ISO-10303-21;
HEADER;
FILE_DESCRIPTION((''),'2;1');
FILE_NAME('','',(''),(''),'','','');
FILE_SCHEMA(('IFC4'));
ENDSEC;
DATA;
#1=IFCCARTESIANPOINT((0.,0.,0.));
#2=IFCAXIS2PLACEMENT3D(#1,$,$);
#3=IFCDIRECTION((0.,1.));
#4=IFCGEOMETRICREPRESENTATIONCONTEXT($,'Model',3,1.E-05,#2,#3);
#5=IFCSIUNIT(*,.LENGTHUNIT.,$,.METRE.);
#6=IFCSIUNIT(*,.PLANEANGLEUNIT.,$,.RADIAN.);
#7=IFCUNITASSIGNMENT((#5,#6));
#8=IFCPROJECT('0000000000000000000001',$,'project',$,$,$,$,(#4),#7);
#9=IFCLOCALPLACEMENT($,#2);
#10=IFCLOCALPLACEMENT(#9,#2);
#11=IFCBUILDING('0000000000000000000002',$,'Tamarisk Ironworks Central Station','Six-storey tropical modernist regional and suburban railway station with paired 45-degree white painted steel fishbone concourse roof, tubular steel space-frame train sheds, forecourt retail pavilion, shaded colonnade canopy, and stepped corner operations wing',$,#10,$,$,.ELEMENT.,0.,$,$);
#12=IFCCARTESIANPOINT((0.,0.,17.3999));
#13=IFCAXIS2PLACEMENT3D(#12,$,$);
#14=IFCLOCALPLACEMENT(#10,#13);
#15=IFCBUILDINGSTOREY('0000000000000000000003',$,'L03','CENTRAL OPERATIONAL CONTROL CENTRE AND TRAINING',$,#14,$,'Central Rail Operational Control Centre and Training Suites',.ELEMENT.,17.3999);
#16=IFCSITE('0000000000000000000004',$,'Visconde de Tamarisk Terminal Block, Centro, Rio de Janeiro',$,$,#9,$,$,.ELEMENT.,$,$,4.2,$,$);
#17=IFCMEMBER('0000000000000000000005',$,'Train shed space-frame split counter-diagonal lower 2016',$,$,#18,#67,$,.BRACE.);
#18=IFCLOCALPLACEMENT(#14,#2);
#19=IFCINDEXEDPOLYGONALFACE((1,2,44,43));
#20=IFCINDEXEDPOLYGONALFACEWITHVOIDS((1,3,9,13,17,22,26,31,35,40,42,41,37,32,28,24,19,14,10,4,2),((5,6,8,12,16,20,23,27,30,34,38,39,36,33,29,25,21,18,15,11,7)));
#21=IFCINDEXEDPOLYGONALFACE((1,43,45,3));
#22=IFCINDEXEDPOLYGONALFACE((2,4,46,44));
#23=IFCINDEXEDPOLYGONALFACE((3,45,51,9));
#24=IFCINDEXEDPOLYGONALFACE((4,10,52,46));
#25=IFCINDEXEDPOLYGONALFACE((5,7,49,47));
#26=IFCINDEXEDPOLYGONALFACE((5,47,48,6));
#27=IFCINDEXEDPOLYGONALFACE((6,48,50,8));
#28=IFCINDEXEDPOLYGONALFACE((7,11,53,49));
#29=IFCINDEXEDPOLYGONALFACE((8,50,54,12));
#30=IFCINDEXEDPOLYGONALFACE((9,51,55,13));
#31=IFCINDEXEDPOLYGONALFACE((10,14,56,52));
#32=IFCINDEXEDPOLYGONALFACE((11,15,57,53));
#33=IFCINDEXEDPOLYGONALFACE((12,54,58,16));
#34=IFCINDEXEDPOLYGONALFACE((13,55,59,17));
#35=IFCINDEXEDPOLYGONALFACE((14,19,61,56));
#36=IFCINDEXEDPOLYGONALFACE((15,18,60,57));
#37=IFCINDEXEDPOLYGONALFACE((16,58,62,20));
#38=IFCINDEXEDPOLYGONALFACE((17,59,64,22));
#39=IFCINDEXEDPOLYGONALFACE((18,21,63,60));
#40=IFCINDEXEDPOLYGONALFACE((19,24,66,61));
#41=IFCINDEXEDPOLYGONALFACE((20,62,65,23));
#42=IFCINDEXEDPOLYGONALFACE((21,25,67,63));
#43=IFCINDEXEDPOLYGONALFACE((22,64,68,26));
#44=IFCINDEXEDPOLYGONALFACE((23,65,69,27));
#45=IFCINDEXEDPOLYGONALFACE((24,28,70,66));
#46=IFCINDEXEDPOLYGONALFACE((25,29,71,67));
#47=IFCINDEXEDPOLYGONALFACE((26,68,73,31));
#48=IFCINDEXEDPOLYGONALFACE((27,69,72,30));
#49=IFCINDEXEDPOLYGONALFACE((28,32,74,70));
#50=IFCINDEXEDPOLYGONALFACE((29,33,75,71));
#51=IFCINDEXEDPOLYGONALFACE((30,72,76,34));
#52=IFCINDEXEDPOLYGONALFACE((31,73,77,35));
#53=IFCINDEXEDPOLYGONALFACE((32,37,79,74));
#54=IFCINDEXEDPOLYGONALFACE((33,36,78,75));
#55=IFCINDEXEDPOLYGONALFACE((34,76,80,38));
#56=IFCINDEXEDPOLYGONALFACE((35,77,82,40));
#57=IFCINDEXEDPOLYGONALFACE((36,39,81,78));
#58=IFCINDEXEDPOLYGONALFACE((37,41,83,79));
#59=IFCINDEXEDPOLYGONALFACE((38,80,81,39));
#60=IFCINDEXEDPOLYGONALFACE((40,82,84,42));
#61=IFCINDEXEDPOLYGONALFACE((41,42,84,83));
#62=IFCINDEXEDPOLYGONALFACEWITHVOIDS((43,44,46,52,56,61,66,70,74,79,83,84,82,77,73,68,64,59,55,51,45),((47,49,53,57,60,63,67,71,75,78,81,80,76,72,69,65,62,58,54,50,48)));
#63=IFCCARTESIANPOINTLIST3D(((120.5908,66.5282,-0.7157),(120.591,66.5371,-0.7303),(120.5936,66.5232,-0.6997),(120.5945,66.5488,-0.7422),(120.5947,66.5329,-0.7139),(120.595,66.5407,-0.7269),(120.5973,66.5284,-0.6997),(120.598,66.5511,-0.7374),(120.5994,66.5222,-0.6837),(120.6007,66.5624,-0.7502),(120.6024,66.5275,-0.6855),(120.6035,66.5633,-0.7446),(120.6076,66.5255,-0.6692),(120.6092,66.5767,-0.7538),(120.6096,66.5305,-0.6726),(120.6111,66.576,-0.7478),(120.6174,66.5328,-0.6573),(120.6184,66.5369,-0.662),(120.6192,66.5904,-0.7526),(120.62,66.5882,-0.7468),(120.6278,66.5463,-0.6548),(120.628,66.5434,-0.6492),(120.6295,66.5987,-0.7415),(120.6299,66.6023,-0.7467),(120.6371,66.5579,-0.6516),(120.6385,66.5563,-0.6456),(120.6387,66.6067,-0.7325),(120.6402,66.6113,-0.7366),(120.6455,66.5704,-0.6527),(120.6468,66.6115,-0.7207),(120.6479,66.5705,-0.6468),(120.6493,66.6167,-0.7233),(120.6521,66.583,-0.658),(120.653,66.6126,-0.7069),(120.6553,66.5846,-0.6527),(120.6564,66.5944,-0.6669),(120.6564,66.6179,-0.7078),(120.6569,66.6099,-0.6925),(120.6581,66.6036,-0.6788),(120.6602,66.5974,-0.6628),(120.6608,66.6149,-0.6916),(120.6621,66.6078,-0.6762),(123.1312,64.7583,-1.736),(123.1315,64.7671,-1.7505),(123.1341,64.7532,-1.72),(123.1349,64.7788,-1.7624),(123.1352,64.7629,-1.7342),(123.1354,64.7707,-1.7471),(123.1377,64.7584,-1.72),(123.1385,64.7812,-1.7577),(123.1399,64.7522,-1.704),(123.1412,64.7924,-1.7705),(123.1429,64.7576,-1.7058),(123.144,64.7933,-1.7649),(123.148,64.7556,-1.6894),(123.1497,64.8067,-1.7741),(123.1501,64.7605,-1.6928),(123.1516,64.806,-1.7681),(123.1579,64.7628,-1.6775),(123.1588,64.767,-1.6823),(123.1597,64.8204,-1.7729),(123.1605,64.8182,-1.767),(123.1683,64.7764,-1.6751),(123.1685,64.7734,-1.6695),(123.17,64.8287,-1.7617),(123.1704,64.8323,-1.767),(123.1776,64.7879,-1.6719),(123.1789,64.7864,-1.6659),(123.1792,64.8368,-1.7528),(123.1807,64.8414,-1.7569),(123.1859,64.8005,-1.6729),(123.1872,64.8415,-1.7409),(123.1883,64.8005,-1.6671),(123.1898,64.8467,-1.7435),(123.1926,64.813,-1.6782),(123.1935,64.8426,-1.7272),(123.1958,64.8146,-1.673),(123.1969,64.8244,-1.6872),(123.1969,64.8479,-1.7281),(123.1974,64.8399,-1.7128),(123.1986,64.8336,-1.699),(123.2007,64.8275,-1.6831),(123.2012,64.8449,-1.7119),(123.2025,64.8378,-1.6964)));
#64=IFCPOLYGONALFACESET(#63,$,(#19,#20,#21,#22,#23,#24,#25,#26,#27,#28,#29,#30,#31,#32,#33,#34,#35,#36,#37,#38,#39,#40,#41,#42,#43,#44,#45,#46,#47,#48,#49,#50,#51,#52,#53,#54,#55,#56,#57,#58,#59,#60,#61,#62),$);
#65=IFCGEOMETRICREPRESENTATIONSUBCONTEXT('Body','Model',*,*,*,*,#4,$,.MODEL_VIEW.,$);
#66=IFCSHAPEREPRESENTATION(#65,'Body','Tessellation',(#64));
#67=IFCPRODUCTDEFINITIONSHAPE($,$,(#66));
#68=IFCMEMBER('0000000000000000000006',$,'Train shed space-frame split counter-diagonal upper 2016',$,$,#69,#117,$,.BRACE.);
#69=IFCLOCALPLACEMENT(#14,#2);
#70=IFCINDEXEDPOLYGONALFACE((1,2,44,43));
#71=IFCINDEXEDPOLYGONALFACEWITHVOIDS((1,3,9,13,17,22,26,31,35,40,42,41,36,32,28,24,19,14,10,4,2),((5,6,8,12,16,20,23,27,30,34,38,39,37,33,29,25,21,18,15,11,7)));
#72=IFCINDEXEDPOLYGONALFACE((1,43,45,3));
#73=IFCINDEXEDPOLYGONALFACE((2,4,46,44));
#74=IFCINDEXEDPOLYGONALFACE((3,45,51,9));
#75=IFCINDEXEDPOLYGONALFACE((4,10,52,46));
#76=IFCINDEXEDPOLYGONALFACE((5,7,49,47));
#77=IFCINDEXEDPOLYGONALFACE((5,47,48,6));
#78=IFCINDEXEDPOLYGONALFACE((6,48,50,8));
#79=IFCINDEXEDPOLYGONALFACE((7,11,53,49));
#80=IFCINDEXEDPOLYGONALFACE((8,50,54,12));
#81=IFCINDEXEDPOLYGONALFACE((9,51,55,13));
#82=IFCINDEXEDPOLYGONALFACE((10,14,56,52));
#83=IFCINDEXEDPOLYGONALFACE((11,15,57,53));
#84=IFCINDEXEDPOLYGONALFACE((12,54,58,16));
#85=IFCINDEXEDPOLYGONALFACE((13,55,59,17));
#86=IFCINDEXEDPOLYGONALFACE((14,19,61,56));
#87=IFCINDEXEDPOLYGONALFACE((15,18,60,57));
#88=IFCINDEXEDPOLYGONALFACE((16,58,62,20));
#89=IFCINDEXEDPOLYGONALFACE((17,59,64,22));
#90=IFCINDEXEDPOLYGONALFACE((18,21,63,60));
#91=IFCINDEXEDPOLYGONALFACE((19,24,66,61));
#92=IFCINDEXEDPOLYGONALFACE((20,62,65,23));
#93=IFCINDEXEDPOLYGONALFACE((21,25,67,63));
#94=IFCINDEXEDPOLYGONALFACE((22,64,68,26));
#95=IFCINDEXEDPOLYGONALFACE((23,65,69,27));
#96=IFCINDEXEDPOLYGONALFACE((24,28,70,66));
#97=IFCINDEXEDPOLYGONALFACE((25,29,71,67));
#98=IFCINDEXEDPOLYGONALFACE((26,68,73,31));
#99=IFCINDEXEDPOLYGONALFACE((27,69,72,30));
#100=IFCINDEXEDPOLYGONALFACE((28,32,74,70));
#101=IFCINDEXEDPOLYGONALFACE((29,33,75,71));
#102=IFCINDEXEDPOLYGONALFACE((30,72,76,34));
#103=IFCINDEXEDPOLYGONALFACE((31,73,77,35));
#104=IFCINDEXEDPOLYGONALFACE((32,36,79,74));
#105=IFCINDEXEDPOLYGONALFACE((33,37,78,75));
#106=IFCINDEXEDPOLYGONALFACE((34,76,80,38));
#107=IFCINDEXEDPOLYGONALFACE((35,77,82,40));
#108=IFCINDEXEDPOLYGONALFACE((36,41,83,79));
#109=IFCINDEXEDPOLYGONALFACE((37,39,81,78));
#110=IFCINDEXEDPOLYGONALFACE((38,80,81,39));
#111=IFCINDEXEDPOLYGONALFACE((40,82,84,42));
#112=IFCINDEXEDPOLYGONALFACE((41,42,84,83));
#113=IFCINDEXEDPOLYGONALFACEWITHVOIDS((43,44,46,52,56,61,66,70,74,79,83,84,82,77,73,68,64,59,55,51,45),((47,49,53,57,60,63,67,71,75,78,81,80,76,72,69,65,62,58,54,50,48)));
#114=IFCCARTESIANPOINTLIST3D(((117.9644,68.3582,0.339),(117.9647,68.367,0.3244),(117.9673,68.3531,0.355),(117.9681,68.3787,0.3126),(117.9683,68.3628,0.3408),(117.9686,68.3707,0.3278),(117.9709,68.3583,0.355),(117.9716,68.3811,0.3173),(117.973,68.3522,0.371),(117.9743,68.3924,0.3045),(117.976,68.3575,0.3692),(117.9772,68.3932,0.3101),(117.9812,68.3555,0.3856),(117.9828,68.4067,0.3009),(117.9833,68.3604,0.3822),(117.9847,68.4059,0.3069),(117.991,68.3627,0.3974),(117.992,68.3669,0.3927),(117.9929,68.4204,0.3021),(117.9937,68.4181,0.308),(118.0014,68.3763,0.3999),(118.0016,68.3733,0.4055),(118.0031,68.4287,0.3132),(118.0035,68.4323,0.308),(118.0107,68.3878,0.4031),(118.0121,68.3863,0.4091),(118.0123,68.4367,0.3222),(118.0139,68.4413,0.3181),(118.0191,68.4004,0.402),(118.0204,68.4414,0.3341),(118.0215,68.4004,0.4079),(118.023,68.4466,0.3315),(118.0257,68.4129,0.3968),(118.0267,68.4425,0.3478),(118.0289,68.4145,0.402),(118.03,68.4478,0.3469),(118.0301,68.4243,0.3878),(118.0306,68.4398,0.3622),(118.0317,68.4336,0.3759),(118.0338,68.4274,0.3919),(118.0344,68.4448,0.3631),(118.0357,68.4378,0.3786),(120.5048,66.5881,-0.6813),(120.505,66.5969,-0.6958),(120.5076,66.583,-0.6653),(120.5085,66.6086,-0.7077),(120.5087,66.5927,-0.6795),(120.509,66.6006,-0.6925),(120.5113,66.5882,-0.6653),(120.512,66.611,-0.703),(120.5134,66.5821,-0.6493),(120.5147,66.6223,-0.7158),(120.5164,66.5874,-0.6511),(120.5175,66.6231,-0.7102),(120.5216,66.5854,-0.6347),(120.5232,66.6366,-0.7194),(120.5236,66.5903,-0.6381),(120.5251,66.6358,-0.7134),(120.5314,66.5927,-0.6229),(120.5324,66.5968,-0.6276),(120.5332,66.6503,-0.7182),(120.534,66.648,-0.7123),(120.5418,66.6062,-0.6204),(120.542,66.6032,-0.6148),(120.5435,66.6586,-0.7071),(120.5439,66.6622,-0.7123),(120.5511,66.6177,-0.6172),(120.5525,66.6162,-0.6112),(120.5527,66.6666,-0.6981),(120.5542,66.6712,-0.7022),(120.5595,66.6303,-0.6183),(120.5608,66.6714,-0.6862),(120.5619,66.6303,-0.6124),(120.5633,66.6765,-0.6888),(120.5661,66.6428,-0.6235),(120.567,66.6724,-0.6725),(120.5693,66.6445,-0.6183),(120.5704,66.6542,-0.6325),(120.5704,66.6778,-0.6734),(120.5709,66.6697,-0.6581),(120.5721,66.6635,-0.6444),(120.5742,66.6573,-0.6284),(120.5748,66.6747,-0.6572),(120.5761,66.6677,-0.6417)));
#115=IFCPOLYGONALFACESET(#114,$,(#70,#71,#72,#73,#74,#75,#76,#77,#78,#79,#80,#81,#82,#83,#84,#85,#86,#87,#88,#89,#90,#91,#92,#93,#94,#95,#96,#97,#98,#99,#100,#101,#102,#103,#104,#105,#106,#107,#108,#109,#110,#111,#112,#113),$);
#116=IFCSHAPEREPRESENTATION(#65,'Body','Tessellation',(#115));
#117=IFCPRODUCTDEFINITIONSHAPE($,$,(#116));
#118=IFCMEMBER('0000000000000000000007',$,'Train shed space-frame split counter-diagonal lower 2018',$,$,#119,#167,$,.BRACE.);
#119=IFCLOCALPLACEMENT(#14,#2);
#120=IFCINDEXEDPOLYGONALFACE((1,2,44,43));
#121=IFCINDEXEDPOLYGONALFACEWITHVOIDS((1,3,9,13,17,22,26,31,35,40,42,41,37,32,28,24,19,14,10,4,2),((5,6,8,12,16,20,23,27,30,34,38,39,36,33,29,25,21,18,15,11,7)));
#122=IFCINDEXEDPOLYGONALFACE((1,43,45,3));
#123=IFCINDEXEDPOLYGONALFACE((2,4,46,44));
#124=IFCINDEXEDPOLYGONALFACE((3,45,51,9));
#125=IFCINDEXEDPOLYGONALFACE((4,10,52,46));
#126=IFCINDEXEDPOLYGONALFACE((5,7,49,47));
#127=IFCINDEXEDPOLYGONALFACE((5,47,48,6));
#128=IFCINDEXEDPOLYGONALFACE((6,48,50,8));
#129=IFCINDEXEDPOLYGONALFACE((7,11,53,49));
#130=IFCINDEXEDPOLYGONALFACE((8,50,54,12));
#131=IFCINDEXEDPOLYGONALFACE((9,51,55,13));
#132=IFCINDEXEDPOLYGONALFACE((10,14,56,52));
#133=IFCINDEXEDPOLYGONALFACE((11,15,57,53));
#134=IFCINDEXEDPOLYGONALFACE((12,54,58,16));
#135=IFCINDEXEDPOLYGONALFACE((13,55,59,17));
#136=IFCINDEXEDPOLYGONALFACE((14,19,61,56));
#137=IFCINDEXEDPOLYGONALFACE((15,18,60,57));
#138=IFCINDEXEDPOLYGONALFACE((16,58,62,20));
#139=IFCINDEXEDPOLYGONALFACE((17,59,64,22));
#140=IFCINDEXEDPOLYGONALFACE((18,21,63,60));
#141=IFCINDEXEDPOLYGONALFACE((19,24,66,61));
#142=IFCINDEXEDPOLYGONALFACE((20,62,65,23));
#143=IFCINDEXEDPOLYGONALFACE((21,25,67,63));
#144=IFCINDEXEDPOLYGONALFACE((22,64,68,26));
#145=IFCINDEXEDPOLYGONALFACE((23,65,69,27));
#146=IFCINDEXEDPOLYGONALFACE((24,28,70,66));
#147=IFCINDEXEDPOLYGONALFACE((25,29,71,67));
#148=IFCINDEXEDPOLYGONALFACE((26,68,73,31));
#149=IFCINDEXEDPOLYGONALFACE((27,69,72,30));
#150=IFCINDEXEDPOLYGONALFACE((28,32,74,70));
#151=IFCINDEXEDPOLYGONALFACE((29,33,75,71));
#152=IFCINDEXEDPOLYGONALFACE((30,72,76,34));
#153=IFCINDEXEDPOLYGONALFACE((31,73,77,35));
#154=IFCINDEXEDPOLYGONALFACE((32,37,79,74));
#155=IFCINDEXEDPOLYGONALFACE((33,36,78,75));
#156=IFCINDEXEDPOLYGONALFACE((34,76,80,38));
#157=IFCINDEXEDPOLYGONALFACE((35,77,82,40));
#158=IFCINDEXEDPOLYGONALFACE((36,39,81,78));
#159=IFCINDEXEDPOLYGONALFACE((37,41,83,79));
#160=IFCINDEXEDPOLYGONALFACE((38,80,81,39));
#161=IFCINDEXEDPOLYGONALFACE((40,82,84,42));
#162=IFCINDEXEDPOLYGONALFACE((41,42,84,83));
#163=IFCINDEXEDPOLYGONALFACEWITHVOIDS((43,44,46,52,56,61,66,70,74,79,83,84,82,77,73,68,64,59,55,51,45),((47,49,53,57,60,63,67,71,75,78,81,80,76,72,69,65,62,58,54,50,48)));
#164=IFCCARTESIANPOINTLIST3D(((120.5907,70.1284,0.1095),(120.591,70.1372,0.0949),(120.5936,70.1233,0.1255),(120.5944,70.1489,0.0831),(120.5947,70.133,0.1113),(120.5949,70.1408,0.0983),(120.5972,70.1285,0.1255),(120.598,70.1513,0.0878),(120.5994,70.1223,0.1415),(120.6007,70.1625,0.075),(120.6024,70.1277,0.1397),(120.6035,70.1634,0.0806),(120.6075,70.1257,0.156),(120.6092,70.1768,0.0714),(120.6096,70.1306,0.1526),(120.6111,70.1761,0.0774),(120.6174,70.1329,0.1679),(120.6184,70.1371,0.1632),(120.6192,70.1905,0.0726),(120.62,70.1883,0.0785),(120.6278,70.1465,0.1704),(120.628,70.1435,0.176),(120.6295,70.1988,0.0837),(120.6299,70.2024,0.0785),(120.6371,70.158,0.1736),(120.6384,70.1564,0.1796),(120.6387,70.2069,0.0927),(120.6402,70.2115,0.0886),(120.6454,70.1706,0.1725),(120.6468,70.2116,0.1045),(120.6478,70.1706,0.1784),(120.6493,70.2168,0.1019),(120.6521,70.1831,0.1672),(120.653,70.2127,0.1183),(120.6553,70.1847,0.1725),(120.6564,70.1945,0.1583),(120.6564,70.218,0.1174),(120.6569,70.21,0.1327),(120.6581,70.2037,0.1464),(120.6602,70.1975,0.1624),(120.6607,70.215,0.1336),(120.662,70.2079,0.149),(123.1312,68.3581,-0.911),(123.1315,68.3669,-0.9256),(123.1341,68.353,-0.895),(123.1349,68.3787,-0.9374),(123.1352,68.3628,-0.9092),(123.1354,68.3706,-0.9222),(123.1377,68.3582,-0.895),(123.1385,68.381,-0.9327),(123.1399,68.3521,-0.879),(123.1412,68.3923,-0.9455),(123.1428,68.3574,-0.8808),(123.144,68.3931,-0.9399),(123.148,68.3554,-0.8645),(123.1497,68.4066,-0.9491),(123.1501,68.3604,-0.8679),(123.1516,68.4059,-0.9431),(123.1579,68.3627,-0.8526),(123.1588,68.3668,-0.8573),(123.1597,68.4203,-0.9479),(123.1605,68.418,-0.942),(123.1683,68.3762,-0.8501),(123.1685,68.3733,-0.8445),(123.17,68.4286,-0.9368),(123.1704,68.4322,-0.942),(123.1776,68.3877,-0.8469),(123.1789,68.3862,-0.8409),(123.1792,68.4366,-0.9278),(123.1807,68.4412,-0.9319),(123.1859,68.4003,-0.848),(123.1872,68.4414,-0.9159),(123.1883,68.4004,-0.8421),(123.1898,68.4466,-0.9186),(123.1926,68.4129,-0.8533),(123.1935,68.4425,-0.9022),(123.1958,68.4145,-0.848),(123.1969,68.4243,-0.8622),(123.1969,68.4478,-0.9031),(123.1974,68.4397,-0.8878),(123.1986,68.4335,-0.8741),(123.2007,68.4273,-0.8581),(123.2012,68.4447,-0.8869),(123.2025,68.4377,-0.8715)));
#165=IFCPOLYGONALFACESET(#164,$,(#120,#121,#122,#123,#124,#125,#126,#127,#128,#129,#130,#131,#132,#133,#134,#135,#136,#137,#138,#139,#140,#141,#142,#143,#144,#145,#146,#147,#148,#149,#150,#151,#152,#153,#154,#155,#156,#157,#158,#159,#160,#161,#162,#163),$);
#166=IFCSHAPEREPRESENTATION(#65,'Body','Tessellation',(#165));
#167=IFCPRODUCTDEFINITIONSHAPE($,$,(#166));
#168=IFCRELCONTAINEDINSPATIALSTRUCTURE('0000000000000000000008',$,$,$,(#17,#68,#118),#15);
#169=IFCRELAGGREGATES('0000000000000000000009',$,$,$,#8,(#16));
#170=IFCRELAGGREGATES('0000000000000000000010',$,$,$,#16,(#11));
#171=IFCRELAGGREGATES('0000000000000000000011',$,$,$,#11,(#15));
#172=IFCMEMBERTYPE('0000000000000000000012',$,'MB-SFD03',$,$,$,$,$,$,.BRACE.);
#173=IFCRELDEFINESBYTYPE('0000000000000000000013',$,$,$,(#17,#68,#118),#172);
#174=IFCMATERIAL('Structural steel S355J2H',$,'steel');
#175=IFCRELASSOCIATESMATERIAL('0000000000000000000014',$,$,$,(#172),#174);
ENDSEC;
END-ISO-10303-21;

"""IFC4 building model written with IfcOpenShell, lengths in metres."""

from ifc_helpers import new_model, si_unit, direction, frame, origin, origin_2d, place, context, subcontext, project, spatial, hollow_circle, extrude, material, material_profile, profile_set, type_object, element, save


model = new_model("IFC4")

# Units and contexts
model_context = context("Model", 3, precision=1e-05, world=origin(), true_north=direction((0.0, 1.0)))
body_context = subcontext(model_context, "Body", "Model", "MODEL_VIEW")
ifc_project = project(units=[si_unit("LENGTHUNIT", "METRE"), si_unit("PLANEANGLEUNIT", "RADIAN")], contexts=[model_context])

# Site, building, storey
site_placement = place(None, origin())
site = spatial("IfcSite", under=ifc_project, at=site_placement, Name="Visconde de Tamarisk Terminal Block, Centro, Rio de Janeiro", CompositionType="ELEMENT", RefElevation=4.2)
building_placement = place(site_placement, origin())
building = spatial("IfcBuilding", under=site, at=building_placement, Name="Tamarisk Ironworks Central Station", Description="Six-storey tropical modernist regional and suburban railway station with paired 45-degree white painted steel fishbone concourse roof, tubular steel space-frame train sheds, forecourt retail pavilion, shaded colonnade canopy, and stepped corner operations wing", CompositionType="ELEMENT", ElevationOfRefHeight=0.0)
storey_placement = place(building_placement, frame((0.0, 0.0, 17.3999)))
storey = spatial("IfcBuildingStorey", under=building, at=storey_placement, Name="L03", Description="CENTRAL OPERATIONAL CONTROL CENTRE AND TRAINING", LongName="Central Rail Operational Control Centre and Training Suites", CompositionType="ELEMENT", Elevation=17.3999)

# Members
ifc_material_1 = material(Name="Structural steel S355J2H", Category="steel")
ifc_material_profile_1 = material_profile(ifc_material_1, hollow_circle(Radius=0.0571, WallThickness=0.0063, at=origin_2d()), Name="CHS 114.3x6.3")
ifc_profile_set_1 = profile_set([ifc_material_profile_1], Name="Structural steel S355J2H")
member_type_1 = type_object("IfcMemberType", Name="MB-SFD03", PredefinedType="BRACE", material=ifc_profile_set_1)
for number, where, z_axis, x_axis, name in (
    (1, (123.1667, 64.8, -1.72), (-0.779281, 0.542936, 0.312956), (-0.571651, -0.820497, 0.0), "Train shed space-frame split counter-diagonal lower 2016"),
    (2, (120.5403, 66.6299, -0.6653), (-0.779252, 0.542967, 0.312974), (-0.571688, -0.820471, 0.0), "Train shed space-frame split counter-diagonal upper 2016"),
):
    element("IfcMember", number, at=place(storey_placement, frame(where, z_axis=z_axis, x_axis=x_axis)), inside=storey, type_object=member_type_1, Name=name, PredefinedType="BRACE", context=body_context, shape_type="SweptSolid", body=[
        extrude(hollow_circle(Radius=0.0571, WallThickness=0.0063, at=origin_2d()), origin(), (0.0, 0.0, 1.0), 3.26),
    ])
member_1_placement = place(storey_placement, frame((123.1667, 68.3999, -0.895), z_axis=(-0.779231, 0.542976, 0.313011), x_axis=(-0.571704, -0.82046, 0.0)))
element("IfcMember", 3, at=member_1_placement, inside=storey, type_object=member_type_1, Name="Train shed space-frame split counter-diagonal lower 2018", PredefinedType="BRACE", context=body_context, shape_type="SweptSolid", body=[
    extrude(hollow_circle(Radius=0.0571, WallThickness=0.0063, at=origin_2d()), origin(), (0.0, 0.0, 1.0), 3.2603),
])

save(model, "model.ifc")
